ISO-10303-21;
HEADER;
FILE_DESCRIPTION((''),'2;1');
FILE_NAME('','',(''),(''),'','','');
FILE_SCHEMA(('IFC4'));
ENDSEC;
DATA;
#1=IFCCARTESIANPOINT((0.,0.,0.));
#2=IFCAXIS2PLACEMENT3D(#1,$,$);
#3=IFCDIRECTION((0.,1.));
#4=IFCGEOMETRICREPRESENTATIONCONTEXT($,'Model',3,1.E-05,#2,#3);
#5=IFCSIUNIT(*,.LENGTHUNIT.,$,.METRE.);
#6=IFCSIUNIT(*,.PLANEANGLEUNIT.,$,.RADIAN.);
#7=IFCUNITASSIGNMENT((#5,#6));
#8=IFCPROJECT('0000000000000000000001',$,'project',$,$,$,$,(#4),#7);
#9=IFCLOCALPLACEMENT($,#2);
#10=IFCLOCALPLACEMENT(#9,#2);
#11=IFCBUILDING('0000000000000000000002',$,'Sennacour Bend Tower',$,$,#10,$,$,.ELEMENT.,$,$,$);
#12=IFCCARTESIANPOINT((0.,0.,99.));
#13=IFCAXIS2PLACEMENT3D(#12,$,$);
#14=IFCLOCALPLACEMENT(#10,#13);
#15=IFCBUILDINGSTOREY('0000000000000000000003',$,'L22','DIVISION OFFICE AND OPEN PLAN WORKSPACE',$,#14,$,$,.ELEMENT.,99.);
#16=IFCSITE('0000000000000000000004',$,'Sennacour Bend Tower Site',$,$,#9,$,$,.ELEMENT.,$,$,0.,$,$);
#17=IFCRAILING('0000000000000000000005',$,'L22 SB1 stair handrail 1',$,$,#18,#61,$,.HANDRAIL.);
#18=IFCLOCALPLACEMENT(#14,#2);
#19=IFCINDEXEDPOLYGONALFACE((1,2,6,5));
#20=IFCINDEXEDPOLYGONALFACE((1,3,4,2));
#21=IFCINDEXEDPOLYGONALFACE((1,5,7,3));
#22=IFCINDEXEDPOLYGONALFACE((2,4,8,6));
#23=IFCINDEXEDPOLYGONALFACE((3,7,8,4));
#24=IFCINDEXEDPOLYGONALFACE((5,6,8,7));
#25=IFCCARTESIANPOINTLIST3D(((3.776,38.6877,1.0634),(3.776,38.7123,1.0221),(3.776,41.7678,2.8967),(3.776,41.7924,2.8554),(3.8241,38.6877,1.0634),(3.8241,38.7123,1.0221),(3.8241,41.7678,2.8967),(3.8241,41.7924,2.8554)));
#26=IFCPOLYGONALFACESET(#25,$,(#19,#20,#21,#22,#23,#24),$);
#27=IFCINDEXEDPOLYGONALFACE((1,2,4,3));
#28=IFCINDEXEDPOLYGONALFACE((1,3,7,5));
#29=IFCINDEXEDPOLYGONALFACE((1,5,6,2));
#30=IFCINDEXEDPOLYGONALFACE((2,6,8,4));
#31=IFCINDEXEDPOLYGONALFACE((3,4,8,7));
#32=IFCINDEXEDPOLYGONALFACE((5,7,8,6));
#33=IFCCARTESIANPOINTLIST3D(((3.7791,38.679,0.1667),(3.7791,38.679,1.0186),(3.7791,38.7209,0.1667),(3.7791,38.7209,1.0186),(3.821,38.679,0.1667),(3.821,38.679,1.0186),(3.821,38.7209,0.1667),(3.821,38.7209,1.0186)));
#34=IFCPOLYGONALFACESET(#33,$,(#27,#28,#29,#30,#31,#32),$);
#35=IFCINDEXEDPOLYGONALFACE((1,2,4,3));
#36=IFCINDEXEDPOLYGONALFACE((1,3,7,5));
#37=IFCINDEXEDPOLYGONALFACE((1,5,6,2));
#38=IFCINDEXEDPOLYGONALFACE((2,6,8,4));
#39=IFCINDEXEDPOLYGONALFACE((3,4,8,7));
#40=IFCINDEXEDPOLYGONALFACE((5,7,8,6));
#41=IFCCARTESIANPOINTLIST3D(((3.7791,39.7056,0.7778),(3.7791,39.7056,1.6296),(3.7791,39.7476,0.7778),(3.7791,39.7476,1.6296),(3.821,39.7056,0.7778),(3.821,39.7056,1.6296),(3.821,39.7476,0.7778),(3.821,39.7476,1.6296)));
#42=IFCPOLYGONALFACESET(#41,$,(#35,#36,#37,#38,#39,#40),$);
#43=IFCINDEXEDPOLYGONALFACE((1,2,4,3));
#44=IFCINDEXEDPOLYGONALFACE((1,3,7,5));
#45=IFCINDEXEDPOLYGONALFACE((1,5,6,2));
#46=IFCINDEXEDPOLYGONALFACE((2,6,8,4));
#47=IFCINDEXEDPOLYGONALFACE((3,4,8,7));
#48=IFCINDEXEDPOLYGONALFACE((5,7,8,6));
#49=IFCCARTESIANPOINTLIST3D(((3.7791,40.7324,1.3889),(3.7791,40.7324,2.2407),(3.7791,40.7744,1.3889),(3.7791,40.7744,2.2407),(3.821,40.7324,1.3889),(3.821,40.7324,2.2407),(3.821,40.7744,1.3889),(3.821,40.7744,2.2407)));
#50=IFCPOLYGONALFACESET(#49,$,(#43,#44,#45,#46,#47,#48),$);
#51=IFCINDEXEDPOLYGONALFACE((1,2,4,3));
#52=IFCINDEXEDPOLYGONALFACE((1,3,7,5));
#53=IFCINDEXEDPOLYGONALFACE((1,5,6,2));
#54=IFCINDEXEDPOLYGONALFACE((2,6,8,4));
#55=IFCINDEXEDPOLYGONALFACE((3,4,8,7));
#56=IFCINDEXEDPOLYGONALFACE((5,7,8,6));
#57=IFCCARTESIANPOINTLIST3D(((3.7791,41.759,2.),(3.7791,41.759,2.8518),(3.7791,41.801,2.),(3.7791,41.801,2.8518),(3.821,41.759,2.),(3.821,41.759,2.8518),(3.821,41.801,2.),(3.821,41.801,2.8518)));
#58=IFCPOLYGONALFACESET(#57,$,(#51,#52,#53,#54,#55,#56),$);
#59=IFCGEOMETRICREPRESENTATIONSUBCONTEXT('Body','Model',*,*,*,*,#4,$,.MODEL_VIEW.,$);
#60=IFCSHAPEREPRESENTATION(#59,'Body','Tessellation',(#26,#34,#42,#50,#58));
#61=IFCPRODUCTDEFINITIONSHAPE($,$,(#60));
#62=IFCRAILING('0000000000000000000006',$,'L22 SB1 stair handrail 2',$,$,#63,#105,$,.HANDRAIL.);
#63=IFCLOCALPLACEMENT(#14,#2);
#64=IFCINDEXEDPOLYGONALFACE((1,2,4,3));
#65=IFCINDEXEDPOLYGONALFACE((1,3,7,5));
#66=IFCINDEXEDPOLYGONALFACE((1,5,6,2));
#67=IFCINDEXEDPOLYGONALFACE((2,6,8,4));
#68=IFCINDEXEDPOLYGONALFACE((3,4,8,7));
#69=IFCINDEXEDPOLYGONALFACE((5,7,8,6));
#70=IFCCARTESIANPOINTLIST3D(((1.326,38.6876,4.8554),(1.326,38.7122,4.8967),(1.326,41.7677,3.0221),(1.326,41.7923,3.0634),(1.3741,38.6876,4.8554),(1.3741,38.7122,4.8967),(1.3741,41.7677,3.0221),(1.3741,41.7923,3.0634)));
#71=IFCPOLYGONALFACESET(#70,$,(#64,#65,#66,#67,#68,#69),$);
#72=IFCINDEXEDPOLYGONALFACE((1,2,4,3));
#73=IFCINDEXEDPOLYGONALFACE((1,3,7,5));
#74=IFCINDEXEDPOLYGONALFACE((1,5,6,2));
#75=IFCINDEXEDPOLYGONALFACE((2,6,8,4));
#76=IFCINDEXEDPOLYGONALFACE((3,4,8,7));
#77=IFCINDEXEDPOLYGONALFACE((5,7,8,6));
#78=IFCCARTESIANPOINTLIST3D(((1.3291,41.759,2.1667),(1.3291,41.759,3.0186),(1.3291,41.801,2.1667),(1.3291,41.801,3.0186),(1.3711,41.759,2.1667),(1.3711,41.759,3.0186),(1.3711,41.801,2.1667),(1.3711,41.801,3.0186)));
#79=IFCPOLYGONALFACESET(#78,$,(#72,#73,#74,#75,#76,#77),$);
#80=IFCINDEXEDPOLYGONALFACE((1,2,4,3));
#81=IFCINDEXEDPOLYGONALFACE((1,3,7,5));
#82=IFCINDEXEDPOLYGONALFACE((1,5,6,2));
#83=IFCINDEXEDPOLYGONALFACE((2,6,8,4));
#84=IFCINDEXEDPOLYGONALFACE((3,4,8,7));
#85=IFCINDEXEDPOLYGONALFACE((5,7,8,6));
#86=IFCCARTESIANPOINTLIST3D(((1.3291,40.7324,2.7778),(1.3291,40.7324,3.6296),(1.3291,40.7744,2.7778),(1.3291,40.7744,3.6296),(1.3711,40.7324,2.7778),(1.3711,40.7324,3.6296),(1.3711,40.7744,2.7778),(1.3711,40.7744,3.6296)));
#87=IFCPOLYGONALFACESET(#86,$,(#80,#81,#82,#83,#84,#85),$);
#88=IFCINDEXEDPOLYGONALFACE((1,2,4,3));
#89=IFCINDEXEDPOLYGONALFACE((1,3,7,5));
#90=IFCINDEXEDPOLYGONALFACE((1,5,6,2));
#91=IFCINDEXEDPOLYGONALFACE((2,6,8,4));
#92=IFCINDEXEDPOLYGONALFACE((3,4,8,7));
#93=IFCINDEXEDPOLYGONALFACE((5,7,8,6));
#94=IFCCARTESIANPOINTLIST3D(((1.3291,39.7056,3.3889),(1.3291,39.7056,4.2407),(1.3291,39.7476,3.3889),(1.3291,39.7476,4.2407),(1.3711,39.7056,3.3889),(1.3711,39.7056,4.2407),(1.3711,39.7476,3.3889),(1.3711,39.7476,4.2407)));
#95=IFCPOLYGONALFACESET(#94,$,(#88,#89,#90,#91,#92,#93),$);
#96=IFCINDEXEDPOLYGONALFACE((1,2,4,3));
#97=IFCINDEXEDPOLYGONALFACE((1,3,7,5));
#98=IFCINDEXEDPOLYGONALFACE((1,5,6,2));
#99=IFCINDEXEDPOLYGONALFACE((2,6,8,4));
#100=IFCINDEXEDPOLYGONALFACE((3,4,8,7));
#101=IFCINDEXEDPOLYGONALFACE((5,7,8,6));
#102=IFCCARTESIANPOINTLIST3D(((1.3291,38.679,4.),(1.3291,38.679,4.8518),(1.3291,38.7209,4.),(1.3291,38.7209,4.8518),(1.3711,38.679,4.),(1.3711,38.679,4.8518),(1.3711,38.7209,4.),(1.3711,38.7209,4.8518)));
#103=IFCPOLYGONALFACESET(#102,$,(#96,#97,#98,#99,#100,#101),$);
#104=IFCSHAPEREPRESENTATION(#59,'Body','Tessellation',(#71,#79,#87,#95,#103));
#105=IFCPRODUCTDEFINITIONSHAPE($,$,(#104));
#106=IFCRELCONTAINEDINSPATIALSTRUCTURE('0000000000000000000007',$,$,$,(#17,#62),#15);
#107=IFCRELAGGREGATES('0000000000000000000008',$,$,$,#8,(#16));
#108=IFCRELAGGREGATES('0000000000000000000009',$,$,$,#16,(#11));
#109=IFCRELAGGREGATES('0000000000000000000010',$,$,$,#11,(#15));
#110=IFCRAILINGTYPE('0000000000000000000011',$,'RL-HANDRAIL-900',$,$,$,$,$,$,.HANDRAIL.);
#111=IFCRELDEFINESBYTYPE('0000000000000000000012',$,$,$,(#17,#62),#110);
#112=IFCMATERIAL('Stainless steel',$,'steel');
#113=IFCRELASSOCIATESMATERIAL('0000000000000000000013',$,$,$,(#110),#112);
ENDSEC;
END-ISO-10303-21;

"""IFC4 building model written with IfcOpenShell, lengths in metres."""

from ifc_helpers import new_model, si_unit, direction, frame, origin, origin_2d, place, context, subcontext, project, spatial, rectangle, extrude, material, type_object, element, save


model = new_model("IFC4")

# Units and contexts
model_context = context("Model", 3, precision=1e-05, world=origin(), true_north=direction((0.0, 1.0)))
body_context = subcontext(model_context, "Body", "Model", "MODEL_VIEW")
ifc_project = project(units=[si_unit("LENGTHUNIT", "METRE"), si_unit("PLANEANGLEUNIT", "RADIAN")], contexts=[model_context])

# Site, building, storey
site_placement = place(None, origin())
site = spatial("IfcSite", under=ifc_project, at=site_placement, Name="Sennacour Bend Tower Site", CompositionType="ELEMENT", RefElevation=0.0)
building_placement = place(site_placement, origin())
building = spatial("IfcBuilding", under=site, at=building_placement, Name="Sennacour Bend Tower", CompositionType="ELEMENT")
storey_placement = place(building_placement, frame((0.0, 0.0, 99.0)))
storey = spatial("IfcBuildingStorey", under=building, at=storey_placement, Name="L22", Description="DIVISION OFFICE AND OPEN PLAN WORKSPACE", CompositionType="ELEMENT", Elevation=99.0)

# Railings
ifc_material_1 = material(Name="Stainless steel", Category="steel")
railing_type_1 = type_object("IfcRailingType", Name="RL-HANDRAIL-900", PredefinedType="HANDRAIL", material=ifc_material_1)
railing_1_placement = place(storey_placement, frame((3.8, 38.7, 0.1667)))
element("IfcRailing", 1, at=railing_1_placement, inside=storey, type_object=railing_type_1, Name="L22 SB1 stair handrail 1", PredefinedType="HANDRAIL", context=body_context, shape_type="SweptSolid", body=[
    extrude(rectangle(XDim=0.0481, YDim=0.0481, at=origin_2d()), frame((0.0, 0.0, 0.876), z_axis=(0.0, 0.859309, 0.511458), x_axis=(-1.0, 0.0, 0.0)), (0.0, 0.0, 1.0), 3.5845),
    extrude(rectangle(XDim=0.042, YDim=0.042, at=origin_2d()), origin(), (0.0, 0.0, 1.0), 0.8518),
    extrude(rectangle(XDim=0.042, YDim=0.042, at=origin_2d()), frame((0.0, 1.0266, 0.6111)), (0.0, 0.0, 1.0), 0.8518),
    extrude(rectangle(XDim=0.042, YDim=0.042, at=origin_2d()), frame((0.0, 2.0535, 1.2222)), (0.0, 0.0, 1.0), 0.8518),
    extrude(rectangle(XDim=0.042, YDim=0.042, at=origin_2d()), frame((0.0, 3.0801, 1.8333)), (0.0, 0.0, 1.0), 0.8518),
])
railing_2_placement = place(storey_placement, frame((1.3501, 41.78, 2.1667)))
element("IfcRailing", 2, at=railing_2_placement, inside=storey, type_object=railing_type_1, Name="L22 SB1 stair handrail 2", PredefinedType="HANDRAIL", context=body_context, shape_type="SweptSolid", body=[
    extrude(rectangle(XDim=0.0481, YDim=0.0481, at=origin_2d()), frame((0.0, 0.0, 0.876), z_axis=(0.0, -0.859309, 0.511458), x_axis=(1.0, 0.0, 0.0)), (0.0, 0.0, 1.0), 3.5845),
    extrude(rectangle(XDim=0.042, YDim=0.042, at=origin_2d()), origin(), (0.0, 0.0, 1.0), 0.8518),
    extrude(rectangle(XDim=0.042, YDim=0.042, at=origin_2d()), frame((0.0, -1.0266, 0.6111)), (0.0, 0.0, 1.0), 0.8518),
    extrude(rectangle(XDim=0.042, YDim=0.042, at=origin_2d()), frame((0.0, -2.0535, 1.2222)), (0.0, 0.0, 1.0), 0.8518),
    extrude(rectangle(XDim=0.042, YDim=0.042, at=origin_2d()), frame((0.0, -3.0801, 1.8333)), (0.0, 0.0, 1.0), 0.8518),
])

save(model, "model.ifc")
